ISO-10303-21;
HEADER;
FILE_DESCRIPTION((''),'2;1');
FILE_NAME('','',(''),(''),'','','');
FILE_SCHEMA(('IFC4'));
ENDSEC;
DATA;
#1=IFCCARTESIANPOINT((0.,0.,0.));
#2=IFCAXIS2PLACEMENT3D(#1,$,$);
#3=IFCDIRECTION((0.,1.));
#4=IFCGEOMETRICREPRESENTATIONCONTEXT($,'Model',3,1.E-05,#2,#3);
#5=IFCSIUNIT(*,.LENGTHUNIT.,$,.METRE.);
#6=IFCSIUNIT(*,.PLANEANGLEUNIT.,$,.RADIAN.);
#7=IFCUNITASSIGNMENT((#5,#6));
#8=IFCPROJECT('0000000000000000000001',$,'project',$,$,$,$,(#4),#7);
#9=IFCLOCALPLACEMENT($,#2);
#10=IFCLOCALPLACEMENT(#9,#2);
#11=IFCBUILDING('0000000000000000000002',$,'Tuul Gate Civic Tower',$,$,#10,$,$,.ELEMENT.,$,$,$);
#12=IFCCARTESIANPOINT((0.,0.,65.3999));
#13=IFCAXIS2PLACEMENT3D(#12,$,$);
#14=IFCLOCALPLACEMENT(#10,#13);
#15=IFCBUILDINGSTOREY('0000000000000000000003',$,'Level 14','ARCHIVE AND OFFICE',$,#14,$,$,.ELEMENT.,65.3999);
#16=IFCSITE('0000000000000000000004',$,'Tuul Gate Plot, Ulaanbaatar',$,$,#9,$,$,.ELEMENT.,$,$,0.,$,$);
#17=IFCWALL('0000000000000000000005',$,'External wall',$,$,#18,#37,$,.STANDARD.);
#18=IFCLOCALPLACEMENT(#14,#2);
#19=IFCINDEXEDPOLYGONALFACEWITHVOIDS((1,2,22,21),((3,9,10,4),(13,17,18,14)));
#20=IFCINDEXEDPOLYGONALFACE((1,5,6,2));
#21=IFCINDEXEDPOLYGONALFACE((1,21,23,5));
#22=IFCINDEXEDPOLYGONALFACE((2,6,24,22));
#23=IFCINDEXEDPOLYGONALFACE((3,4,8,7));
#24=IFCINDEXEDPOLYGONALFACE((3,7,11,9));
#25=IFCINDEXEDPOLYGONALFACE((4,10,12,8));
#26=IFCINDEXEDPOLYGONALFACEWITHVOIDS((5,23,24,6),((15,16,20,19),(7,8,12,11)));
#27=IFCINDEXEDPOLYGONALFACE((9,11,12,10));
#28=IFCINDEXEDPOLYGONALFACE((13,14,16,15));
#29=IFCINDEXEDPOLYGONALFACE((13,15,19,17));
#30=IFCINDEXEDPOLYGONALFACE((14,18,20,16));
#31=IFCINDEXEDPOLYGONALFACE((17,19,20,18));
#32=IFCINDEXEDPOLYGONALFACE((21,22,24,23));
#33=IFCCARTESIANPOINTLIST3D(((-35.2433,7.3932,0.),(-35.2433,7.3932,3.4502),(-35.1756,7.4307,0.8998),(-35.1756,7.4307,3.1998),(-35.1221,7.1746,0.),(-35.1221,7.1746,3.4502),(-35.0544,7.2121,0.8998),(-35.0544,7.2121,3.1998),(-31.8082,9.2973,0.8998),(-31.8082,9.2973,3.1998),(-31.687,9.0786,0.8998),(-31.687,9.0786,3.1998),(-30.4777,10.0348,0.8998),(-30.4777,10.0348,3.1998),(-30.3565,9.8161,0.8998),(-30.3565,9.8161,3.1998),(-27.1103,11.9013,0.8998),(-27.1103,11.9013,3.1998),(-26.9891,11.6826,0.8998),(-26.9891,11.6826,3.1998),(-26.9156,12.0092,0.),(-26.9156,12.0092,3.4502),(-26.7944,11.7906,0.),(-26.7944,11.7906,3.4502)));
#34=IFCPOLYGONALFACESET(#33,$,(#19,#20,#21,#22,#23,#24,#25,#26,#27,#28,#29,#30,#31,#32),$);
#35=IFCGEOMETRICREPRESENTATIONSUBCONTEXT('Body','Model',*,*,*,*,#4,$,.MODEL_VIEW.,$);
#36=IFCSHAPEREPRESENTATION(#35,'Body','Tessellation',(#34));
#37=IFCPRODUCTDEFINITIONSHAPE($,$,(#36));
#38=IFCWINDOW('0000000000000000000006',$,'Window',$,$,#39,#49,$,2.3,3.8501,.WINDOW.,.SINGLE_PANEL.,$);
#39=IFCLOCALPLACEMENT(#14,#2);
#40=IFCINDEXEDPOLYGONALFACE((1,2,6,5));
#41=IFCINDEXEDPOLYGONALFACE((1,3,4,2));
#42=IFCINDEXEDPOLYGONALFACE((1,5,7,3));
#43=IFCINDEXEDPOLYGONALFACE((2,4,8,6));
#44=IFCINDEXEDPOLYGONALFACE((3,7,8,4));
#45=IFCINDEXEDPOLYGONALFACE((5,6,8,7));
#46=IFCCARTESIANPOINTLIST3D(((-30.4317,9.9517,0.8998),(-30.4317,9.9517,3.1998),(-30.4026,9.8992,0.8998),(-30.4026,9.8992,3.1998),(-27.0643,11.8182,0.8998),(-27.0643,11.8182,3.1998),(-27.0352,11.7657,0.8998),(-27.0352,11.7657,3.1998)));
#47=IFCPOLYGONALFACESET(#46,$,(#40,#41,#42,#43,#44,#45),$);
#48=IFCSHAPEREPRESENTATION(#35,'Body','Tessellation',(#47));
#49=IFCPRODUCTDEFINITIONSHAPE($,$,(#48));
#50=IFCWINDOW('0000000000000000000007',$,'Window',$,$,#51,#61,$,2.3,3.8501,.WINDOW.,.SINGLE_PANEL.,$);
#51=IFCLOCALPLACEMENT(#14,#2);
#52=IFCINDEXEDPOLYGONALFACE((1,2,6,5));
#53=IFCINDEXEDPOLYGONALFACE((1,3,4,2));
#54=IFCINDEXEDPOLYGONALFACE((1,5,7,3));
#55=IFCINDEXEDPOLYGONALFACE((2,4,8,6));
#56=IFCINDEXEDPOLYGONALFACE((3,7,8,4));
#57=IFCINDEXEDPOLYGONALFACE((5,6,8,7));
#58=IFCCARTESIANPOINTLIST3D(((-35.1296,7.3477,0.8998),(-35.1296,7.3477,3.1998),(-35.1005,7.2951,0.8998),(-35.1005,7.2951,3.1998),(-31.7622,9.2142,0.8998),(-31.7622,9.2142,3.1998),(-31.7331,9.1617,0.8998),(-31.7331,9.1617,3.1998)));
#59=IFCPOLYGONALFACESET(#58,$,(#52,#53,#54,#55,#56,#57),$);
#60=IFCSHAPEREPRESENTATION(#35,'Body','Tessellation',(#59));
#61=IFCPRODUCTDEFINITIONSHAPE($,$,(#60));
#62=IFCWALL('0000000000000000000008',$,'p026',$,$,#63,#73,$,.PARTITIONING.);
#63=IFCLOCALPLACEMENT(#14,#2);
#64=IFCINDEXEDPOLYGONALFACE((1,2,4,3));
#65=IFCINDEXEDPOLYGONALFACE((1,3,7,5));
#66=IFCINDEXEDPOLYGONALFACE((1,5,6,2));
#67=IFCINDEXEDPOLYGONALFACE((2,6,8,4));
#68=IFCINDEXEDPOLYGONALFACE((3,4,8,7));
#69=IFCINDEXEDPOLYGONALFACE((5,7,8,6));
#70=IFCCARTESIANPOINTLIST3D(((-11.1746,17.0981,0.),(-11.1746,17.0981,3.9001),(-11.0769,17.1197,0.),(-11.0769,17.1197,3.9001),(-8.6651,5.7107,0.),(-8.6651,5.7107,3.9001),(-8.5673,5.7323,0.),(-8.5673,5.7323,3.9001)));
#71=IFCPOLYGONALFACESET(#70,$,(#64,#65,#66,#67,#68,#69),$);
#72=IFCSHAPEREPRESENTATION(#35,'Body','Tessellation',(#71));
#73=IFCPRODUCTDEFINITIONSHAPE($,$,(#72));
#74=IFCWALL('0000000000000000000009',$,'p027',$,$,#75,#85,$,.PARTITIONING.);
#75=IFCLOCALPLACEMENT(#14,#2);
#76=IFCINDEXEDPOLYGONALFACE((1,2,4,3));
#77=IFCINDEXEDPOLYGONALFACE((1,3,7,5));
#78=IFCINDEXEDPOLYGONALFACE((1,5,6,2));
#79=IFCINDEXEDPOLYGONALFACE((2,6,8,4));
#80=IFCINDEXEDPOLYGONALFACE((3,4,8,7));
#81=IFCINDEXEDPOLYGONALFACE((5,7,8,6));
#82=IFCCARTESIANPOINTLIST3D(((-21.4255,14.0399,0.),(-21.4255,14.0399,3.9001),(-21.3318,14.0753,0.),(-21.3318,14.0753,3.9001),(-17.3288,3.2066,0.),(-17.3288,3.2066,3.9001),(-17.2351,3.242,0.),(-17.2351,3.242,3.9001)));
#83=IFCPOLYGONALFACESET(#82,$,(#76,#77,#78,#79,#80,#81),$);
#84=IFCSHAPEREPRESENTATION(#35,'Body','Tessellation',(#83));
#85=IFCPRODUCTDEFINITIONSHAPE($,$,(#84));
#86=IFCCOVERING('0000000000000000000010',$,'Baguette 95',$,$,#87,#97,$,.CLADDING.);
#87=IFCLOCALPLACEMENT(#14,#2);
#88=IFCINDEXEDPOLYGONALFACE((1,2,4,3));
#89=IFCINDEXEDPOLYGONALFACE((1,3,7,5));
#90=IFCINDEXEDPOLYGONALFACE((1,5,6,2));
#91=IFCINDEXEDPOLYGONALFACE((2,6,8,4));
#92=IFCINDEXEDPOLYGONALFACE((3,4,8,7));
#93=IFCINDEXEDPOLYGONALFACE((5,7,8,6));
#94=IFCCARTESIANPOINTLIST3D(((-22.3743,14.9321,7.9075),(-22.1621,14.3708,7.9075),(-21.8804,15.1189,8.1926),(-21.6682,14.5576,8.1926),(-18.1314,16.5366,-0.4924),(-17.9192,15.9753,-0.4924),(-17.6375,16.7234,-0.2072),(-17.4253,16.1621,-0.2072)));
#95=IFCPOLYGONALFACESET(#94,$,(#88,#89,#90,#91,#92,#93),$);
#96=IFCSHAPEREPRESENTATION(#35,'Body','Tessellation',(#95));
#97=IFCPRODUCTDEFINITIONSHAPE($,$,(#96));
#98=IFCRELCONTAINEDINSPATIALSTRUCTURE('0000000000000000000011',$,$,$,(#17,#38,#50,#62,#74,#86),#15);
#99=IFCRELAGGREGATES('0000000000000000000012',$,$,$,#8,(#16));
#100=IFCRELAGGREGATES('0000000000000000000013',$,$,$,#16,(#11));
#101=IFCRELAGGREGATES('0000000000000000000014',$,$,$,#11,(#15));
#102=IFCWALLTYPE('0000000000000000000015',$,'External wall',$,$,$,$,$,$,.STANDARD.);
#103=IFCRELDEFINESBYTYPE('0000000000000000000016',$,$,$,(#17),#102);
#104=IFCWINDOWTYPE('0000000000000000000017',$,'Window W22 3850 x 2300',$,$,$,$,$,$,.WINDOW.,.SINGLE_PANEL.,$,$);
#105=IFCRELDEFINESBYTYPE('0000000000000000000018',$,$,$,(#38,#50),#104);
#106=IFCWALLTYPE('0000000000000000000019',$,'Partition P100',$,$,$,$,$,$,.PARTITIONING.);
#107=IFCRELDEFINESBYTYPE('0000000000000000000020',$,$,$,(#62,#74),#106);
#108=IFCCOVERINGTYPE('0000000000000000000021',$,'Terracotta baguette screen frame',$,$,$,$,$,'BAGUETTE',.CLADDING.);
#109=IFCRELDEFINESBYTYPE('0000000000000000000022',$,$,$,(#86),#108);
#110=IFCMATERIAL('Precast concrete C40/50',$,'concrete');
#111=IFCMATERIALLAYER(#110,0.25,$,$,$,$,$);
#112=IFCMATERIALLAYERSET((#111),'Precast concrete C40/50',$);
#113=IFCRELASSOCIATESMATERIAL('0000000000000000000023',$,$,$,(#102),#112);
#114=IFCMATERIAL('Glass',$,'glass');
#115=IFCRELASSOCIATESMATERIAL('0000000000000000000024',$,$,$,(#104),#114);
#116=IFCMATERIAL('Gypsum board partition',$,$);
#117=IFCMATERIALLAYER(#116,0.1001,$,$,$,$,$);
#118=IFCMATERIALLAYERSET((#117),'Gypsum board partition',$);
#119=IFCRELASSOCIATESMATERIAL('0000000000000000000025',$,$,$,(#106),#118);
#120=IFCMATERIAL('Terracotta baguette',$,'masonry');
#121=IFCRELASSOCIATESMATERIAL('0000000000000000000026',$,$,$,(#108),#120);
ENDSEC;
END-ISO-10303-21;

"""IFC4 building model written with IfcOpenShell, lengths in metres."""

from ifc_helpers import new_model, si_unit, direction, frame, frame_2d, origin, origin_2d, place, context, subcontext, project, spatial, rectangle, extrude, material, layer, layer_set, material_profile, profile_set, type_object, element, fill, save


model = new_model("IFC4")

# Units and contexts
model_context = context("Model", 3, precision=1e-05, world=origin(), true_north=direction((0.0, 1.0)))
body_context = subcontext(model_context, "Body", "Model", "MODEL_VIEW")
ifc_project = project(units=[si_unit("LENGTHUNIT", "METRE"), si_unit("PLANEANGLEUNIT", "RADIAN")], contexts=[model_context])

# Site, building, storey
site_placement = place(None, origin())
site = spatial("IfcSite", under=ifc_project, at=site_placement, Name="Tuul Gate Plot, Ulaanbaatar", CompositionType="ELEMENT", RefElevation=0.0)
building_placement = place(site_placement, origin())
building = spatial("IfcBuilding", under=site, at=building_placement, Name="Tuul Gate Civic Tower", CompositionType="ELEMENT")
storey_placement = place(building_placement, frame((0.0, 0.0, 65.3999)))
storey = spatial("IfcBuildingStorey", under=building, at=storey_placement, Name="Level 14", Description="ARCHIVE AND OFFICE", CompositionType="ELEMENT", Elevation=65.3999)

# Wall, openings, windows
ifc_material_1 = material(Name="Precast concrete C40/50", Category="concrete")
ifc_layer_1 = layer(ifc_material_1, 0.25)
ifc_layer_set_1 = layer_set([ifc_layer_1], Name="Precast concrete C40/50")
wall_type_1 = type_object("IfcWallType", Name="External wall", PredefinedType="STANDARD", material=ifc_layer_set_1)
ifc_material_2 = material(Name="Glass", Category="glass")
window_type_1 = type_object("IfcWindowType", Name="Window W22 3850 x 2300", PartitioningType="SINGLE_PANEL", PredefinedType="WINDOW", material=ifc_material_2)
wall_1_placement = place(storey_placement, frame((-26.855, 11.8999, 0.0), z_axis=(0.0, 0.0, 1.0), x_axis=(-0.874625, -0.4848, 0.0)))
wall_1 = element("IfcWall", 1, at=wall_1_placement, inside=storey, type_object=wall_type_1, Name="External wall", PredefinedType="STANDARD", context=body_context, shape_type="SweptSolid", body=[
    extrude(rectangle(XDim=9.5215, YDim=0.25, at=frame_2d((4.7607, 0.0))), origin(), (0.0, 0.0, 1.0), 3.4502),
])
opening_1_placement = place(wall_1_placement, frame((0.2227, 0.0, 0.8999)))
opening_1 = element("IfcOpeningElement", 2, at=opening_1_placement, cuts=wall_1, PredefinedType="OPENING", context=body_context, shape_type="SweptSolid", body=[
    extrude(rectangle(XDim=3.8501, YDim=2.3, at=frame_2d((1.925, 1.1499))), frame((0.0, 0.135, 0.0), z_axis=(0.0, -1.0, 0.0), x_axis=(1.0, 0.0, 0.0)), (0.0, 0.0, 1.0), 0.27),
])
opening_2_placement = place(wall_1_placement, frame((5.594, 0.0, 0.8999)))
opening_2 = element("IfcOpeningElement", 3, at=opening_2_placement, cuts=wall_1, PredefinedType="OPENING", context=body_context, shape_type="SweptSolid", body=[
    extrude(rectangle(XDim=3.8501, YDim=2.3, at=frame_2d((1.925, 1.1499))), frame((0.0, 0.135, 0.0), z_axis=(0.0, -1.0, 0.0), x_axis=(1.0, 0.0, 0.0)), (0.0, 0.0, 1.0), 0.27),
])
window_1_placement = place(opening_1_placement, origin())
window_1 = element("IfcWindow", 4, at=window_1_placement, inside=storey, type_object=window_type_1, Name="Window", OverallHeight=2.3, OverallWidth=3.8501, PartitioningType="SINGLE_PANEL", PredefinedType="WINDOW", context=body_context, shape_type="SweptSolid", body=[
    extrude(rectangle(XDim=3.8501, YDim=2.3, at=frame_2d((1.925, 1.1499))), frame((0.0, 0.03, 0.0), z_axis=(0.0, -1.0, 0.0), x_axis=(1.0, 0.0, 0.0)), (0.0, 0.0, 1.0), 0.0601),
])
fill(opening_1, window_1)
window_2_placement = place(opening_2_placement, origin())
window_2 = element("IfcWindow", 5, at=window_2_placement, inside=storey, type_object=window_type_1, Name="Window", OverallHeight=2.3, OverallWidth=3.8501, PartitioningType="SINGLE_PANEL", PredefinedType="WINDOW", context=body_context, shape_type="SweptSolid", body=[
    extrude(rectangle(XDim=3.8501, YDim=2.3, at=frame_2d((1.925, 1.1499))), frame((0.0, 0.03, 0.0), z_axis=(0.0, -1.0, 0.0), x_axis=(1.0, 0.0, 0.0)), (0.0, 0.0, 1.0), 0.0601),
])
fill(opening_2, window_2)

# Walls
ifc_material_3 = material(Name="Gypsum board partition")
ifc_layer_2 = layer(ifc_material_3, 0.1001)
ifc_layer_set_2 = layer_set([ifc_layer_2], Name="Gypsum board partition")
wall_type_2 = type_object("IfcWallType", Name="Partition P100", PredefinedType="PARTITIONING", material=ifc_layer_set_2)
wall_2_placement = place(storey_placement, frame((-11.1257, 17.1089, 0.0), z_axis=(0.0, 0.0, 1.0), x_axis=(0.215212, -0.976567, 0.0)))
element("IfcWall", 6, at=wall_2_placement, inside=storey, type_object=wall_type_2, Name="p026", PredefinedType="PARTITIONING", context=body_context, shape_type="SweptSolid", body=[
    extrude(rectangle(XDim=11.6606, YDim=0.1001, at=frame_2d((5.8303, 0.0))), origin(), (0.0, 0.0, 1.0), 3.9001),
])
wall_3_placement = place(storey_placement, frame((-21.3787, 14.0576, 0.0), z_axis=(0.0, 0.0, 1.0), x_axis=(0.353712, -0.935355, 0.0)))
element("IfcWall", 7, at=wall_3_placement, inside=storey, type_object=wall_type_2, Name="p027", PredefinedType="PARTITIONING", context=body_context, shape_type="SweptSolid", body=[
    extrude(rectangle(XDim=11.582, YDim=0.1001, at=frame_2d((5.791, 0.0))), origin(), (0.0, 0.0, 1.0), 3.9001),
])

# Covering
ifc_material_4 = material(Name="Terracotta baguette", Category="masonry")
ifc_material_profile_1 = material_profile(ifc_material_4, rectangle(XDim=0.6001, YDim=0.6001, at=origin_2d()), Name="Terracotta baguette screen frame")
ifc_profile_set_1 = profile_set([ifc_material_profile_1], Name="Terracotta baguette")
covering_type = type_object("IfcCoveringType", Name="Terracotta baguette screen frame", ElementType="BAGUETTE", PredefinedType="CLADDING", material=ifc_profile_set_1)
covering_placement = place(storey_placement, frame((-22.0212, 14.7449, 8.05), z_axis=(0.444449, 0.168072, -0.879896), x_axis=(-0.353711, 0.935355, 0.0)))
element("IfcCovering", 8, at=covering_placement, inside=storey, type_object=covering_type, Name="Baguette 95", PredefinedType="CLADDING", context=body_context, shape_type="SweptSolid", body=[
    extrude(rectangle(XDim=0.6001, YDim=0.6001, at=origin_2d()), origin(), (0.0, 0.0, 1.0), 9.5464),
])

save(model, "model.ifc")
